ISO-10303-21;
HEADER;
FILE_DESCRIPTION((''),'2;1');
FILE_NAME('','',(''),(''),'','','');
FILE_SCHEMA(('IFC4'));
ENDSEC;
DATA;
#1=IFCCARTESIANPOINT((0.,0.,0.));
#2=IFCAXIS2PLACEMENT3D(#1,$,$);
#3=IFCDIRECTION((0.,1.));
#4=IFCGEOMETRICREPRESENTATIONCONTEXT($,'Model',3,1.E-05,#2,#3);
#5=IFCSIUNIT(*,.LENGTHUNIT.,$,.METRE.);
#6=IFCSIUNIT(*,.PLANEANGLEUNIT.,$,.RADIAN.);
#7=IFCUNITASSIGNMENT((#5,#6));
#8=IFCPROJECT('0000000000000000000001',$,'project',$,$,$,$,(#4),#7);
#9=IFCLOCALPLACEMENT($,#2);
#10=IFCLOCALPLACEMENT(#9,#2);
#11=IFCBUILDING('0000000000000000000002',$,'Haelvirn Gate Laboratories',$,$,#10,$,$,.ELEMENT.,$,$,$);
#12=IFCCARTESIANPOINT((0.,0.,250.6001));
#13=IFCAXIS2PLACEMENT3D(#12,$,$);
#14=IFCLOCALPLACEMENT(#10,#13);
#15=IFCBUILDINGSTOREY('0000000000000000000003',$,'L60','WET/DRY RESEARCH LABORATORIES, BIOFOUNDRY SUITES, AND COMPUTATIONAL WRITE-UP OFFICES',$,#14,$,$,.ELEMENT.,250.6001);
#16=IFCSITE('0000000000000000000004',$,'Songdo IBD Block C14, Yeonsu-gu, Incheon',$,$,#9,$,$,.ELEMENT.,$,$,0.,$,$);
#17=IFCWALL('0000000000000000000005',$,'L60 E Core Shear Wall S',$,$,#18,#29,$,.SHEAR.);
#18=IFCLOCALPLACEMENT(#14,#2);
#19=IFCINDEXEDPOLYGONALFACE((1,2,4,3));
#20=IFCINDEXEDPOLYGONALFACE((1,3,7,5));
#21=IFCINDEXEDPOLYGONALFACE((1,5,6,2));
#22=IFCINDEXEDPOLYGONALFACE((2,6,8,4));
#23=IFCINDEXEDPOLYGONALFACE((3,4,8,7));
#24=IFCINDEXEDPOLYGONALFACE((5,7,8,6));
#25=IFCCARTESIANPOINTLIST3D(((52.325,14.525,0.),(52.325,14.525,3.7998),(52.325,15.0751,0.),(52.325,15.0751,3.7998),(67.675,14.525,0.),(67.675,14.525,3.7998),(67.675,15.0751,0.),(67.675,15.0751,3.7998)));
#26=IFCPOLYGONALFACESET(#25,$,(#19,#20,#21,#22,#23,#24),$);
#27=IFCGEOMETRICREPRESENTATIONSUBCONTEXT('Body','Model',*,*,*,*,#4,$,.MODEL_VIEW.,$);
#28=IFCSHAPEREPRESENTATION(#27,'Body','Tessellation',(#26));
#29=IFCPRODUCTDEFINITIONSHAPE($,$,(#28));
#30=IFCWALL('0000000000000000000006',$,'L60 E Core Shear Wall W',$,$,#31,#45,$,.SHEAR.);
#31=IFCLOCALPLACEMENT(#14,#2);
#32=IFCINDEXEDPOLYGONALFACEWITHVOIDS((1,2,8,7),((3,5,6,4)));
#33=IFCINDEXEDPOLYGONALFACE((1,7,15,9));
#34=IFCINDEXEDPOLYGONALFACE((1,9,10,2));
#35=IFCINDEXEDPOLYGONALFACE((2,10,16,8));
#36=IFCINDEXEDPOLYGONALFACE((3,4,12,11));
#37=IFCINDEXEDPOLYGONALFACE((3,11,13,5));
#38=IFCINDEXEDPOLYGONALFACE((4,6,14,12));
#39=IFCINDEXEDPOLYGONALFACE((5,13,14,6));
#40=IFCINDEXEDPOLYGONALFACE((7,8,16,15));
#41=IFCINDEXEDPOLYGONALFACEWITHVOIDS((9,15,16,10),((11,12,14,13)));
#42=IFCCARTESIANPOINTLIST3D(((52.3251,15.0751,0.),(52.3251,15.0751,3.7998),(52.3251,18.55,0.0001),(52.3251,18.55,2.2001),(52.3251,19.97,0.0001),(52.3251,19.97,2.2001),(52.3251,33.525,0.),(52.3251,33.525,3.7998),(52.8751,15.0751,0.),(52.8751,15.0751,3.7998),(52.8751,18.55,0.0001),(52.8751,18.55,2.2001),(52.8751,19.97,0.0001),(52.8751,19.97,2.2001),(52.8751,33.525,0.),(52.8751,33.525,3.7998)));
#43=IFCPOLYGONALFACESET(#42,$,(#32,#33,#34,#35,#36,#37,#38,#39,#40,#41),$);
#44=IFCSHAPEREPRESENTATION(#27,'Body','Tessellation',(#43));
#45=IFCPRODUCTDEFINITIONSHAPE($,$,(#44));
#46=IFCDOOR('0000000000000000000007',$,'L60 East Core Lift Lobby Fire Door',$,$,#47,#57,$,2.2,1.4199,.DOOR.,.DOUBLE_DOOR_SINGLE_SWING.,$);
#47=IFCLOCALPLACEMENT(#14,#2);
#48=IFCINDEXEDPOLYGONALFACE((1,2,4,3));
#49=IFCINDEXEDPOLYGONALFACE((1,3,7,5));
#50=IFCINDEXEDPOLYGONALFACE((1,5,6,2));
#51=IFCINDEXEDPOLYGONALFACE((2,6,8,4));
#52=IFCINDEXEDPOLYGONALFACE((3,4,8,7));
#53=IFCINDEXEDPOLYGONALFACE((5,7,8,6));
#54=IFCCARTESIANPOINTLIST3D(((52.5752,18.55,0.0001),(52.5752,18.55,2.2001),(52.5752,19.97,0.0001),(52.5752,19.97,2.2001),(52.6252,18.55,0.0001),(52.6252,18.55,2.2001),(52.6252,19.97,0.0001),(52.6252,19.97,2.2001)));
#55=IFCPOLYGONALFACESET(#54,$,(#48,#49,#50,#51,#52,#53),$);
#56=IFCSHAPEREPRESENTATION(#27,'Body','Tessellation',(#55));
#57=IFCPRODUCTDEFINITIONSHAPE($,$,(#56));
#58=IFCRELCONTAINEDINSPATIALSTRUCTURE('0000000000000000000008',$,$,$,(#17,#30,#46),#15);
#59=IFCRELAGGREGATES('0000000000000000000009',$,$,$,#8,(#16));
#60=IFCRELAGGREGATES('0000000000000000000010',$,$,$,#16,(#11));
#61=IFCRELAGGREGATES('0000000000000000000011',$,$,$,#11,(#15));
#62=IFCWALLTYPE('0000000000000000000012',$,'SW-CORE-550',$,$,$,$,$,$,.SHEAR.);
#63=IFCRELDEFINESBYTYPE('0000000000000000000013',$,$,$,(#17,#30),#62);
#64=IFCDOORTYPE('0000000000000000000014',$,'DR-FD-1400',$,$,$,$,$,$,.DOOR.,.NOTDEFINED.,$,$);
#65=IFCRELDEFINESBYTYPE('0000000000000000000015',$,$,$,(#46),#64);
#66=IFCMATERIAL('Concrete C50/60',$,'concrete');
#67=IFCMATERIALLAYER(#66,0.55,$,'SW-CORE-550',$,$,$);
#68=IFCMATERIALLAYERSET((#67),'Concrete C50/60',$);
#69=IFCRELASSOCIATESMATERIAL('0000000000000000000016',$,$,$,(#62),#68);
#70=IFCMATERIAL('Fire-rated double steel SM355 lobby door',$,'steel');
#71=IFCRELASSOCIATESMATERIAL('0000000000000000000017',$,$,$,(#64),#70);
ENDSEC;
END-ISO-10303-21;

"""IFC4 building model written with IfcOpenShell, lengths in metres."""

from ifc_helpers import new_model, si_unit, direction, frame, frame_2d, origin, place, context, subcontext, project, spatial, rectangle, extrude, source, transform, mapped, material, layer, layer_set, type_object, type_shapes, element, fill, save


model = new_model("IFC4")

# Units and contexts
model_context = context("Model", 3, precision=1e-05, world=origin(), true_north=direction((0.0, 1.0)))
body_context = subcontext(model_context, "Body", "Model", "MODEL_VIEW")
ifc_project = project(units=[si_unit("LENGTHUNIT", "METRE"), si_unit("PLANEANGLEUNIT", "RADIAN")], contexts=[model_context])

# Site, building, storey
site_placement = place(None, origin())
site = spatial("IfcSite", under=ifc_project, at=site_placement, Name="Songdo IBD Block C14, Yeonsu-gu, Incheon", CompositionType="ELEMENT", RefElevation=0.0)
building_placement = place(site_placement, origin())
building = spatial("IfcBuilding", under=site, at=building_placement, Name="Haelvirn Gate Laboratories", CompositionType="ELEMENT")
storey_placement = place(building_placement, frame((0.0, 0.0, 250.6001)))
storey = spatial("IfcBuildingStorey", under=building, at=storey_placement, Name="L60", Description="WET/DRY RESEARCH LABORATORIES, BIOFOUNDRY SUITES, AND COMPUTATIONAL WRITE-UP OFFICES", CompositionType="ELEMENT", Elevation=250.6001)

# Shared definitions
ifc_material_1 = material(Name="Concrete C50/60", Category="concrete")

# Wall
ifc_layer_1 = layer(ifc_material_1, 0.55, Name="SW-CORE-550")
ifc_layer_set_1 = layer_set([ifc_layer_1], Name="Concrete C50/60")
wall_type_1 = type_object("IfcWallType", Name="SW-CORE-550", PredefinedType="SHEAR", material=ifc_layer_set_1)
wall_1_placement = place(storey_placement, frame((52.325, 14.8, 0.0), z_axis=(0.0, 0.0, 1.0), x_axis=(1.0, 0.0, 0.0)))
element("IfcWall", 1, at=wall_1_placement, inside=storey, type_object=wall_type_1, Name="L60 E Core Shear Wall S", PredefinedType="SHEAR", context=body_context, shape_type="SweptSolid", body=[
    extrude(rectangle(XDim=15.3501, YDim=0.55, at=frame_2d((7.675, 0.0))), origin(), (0.0, 0.0, 1.0), 3.7998),
])

# Wall, opening, door
wall_2_placement = place(storey_placement, frame((52.6001, 15.075, 0.0), z_axis=(0.0, 0.0, 1.0), x_axis=(0.0, 1.0, 0.0)))
wall_2 = element("IfcWall", 2, at=wall_2_placement, inside=storey, type_object=wall_type_1, Name="L60 E Core Shear Wall W", PredefinedType="SHEAR", context=body_context, shape_type="SweptSolid", body=[
    extrude(rectangle(XDim=18.45, YDim=0.55, at=frame_2d((9.2251, 0.0))), origin(), (0.0, 0.0, 1.0), 3.7998),
])
opening_1_placement = place(wall_2_placement, frame((3.4751, 0.0, 0.0)))
opening_1 = element("IfcOpeningElement", 3, at=opening_1_placement, cuts=wall_2, PredefinedType="OPENING", context=body_context, shape_type="SweptSolid", body=[
    extrude(rectangle(XDim=1.4199, YDim=2.2, at=frame_2d((0.71, 1.1001))), frame((0.0, 0.2852, 0.0), z_axis=(0.0, -1.0, 0.0), x_axis=(1.0, 0.0, 0.0)), (0.0, 0.0, 1.0), 0.5701),
])
ifc_material_2 = material(Name="Fire-rated double steel SM355 lobby door", Category="steel")
door_type_1 = type_object("IfcDoorType", Name="DR-FD-1400", OperationType="NOTDEFINED", PredefinedType="DOOR", material=ifc_material_2)
shared_shape_1 = source(origin(), body_context, "Body", "SweptSolid", [
    extrude(rectangle(XDim=1.4199, YDim=2.2, at=frame_2d((0.71, 1.1001))), frame((0.0, 0.0249, 0.0), z_axis=(0.0, -1.0, 0.0), x_axis=(1.0, 0.0, 0.0)), (0.0, 0.0, 1.0), 0.05),
])
type_shapes(door_type_1, [shared_shape_1])
door_1_placement = place(opening_1_placement, origin())
door_1 = element("IfcDoor", 4, at=door_1_placement, inside=storey, type_object=door_type_1, Name="L60 East Core Lift Lobby Fire Door", OperationType="DOUBLE_DOOR_SINGLE_SWING", OverallHeight=2.2, OverallWidth=1.4199, PredefinedType="DOOR", context=body_context, shape_type="MappedRepresentation", body=[
    mapped(shared_shape_1, transform((0.0, 0.0, 0.0), scale=1.0)),
])
fill(opening_1, door_1)

save(model, "model.ifc")
